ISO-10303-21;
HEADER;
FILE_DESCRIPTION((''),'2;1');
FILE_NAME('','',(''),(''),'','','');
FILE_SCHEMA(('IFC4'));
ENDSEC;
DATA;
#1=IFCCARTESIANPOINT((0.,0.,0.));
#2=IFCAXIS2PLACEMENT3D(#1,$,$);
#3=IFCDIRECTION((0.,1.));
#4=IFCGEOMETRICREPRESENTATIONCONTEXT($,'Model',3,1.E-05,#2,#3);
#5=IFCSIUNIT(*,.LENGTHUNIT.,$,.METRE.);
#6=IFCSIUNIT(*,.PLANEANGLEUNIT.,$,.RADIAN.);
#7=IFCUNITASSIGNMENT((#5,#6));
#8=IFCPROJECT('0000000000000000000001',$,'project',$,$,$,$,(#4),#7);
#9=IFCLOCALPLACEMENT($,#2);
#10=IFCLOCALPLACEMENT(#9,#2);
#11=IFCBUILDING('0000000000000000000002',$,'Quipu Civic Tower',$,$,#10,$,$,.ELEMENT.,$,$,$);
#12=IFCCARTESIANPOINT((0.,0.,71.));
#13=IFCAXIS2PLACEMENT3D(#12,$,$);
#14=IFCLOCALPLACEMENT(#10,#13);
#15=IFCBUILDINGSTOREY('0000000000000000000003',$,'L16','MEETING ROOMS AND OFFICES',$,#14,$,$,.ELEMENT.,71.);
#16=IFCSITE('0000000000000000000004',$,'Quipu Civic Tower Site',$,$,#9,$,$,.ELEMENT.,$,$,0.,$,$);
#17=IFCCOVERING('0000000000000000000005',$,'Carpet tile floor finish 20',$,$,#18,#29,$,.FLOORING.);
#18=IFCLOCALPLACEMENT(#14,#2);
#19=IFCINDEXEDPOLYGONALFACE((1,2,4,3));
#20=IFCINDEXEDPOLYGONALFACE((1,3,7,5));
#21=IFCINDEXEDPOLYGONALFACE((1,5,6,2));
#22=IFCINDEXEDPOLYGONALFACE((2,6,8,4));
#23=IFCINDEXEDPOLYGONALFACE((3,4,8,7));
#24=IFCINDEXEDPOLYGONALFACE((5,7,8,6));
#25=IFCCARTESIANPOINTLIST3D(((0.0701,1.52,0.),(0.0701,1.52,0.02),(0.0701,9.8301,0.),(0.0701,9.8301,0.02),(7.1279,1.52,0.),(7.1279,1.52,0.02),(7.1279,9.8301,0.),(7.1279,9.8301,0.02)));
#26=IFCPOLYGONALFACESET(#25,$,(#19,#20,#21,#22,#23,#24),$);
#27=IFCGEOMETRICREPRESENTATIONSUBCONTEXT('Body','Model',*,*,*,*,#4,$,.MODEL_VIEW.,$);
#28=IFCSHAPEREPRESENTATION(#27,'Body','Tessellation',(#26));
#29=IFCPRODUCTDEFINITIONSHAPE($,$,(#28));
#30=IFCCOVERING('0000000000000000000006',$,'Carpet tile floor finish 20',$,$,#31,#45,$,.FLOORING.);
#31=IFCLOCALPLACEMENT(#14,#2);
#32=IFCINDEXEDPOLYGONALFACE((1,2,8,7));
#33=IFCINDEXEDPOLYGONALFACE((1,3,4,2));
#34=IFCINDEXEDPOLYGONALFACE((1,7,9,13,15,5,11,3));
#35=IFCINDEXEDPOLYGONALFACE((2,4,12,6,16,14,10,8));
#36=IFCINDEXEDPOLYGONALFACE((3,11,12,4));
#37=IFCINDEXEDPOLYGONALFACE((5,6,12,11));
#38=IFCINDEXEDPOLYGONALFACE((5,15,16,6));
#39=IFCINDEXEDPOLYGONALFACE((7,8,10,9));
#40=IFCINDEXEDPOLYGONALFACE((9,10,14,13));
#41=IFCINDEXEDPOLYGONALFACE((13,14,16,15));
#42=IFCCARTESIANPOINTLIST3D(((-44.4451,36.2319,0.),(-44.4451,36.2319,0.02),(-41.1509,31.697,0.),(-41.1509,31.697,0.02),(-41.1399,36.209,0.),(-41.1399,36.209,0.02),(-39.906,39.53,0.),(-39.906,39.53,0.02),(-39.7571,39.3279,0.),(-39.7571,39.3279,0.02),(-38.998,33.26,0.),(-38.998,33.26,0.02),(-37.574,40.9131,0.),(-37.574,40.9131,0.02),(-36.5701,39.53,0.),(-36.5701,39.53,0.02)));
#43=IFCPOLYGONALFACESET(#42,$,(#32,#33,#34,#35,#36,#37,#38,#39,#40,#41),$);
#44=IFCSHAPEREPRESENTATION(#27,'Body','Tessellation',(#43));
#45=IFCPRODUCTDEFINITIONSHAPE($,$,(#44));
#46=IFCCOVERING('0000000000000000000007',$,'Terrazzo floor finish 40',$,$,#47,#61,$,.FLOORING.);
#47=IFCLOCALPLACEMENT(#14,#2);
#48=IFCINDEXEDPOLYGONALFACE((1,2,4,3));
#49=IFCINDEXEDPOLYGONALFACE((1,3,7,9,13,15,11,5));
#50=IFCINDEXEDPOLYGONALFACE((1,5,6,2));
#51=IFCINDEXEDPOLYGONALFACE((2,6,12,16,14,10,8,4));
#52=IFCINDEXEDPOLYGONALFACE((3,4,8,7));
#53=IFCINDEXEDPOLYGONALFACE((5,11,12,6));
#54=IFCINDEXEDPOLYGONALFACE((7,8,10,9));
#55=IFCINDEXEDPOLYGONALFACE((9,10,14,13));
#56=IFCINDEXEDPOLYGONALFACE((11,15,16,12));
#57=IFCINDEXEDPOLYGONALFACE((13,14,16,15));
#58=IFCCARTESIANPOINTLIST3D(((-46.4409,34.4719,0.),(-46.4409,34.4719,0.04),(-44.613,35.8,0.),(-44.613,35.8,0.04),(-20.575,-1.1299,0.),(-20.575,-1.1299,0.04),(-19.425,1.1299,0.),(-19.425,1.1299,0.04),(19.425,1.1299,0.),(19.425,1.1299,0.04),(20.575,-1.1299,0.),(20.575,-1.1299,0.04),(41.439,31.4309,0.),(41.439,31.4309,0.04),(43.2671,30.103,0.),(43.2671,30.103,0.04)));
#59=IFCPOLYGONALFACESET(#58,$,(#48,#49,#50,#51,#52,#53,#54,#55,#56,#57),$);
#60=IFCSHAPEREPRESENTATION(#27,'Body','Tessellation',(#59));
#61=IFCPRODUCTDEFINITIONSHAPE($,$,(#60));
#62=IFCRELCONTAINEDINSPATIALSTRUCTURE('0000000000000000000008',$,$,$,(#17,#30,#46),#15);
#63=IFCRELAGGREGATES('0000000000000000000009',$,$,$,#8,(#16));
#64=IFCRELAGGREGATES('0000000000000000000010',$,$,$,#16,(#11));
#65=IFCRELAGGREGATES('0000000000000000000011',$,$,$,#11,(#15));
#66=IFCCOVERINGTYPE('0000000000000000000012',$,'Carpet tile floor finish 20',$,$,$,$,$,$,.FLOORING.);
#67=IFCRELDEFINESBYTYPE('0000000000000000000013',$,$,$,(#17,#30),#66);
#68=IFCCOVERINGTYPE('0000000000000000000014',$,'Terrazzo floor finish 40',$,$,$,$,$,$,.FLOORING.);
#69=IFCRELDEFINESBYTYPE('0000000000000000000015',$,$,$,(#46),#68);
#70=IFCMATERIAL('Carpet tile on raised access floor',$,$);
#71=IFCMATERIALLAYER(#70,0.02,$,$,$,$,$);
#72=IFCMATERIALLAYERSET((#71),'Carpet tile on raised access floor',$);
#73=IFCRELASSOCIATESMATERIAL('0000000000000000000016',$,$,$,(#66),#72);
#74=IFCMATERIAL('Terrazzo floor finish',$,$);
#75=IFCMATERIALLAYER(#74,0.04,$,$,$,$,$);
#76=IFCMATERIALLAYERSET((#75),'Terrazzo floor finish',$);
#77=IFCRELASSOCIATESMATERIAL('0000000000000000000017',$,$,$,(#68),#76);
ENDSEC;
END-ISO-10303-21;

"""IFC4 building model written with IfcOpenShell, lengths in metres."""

from ifc_helpers import new_model, si_unit, direction, frame, origin, place, context, subcontext, project, spatial, polyline, outline, extrude, material, layer, layer_set, type_object, element, save


model = new_model("IFC4")

# Units and contexts
model_context = context("Model", 3, precision=1e-05, world=origin(), true_north=direction((0.0, 1.0)))
body_context = subcontext(model_context, "Body", "Model", "MODEL_VIEW")
ifc_project = project(units=[si_unit("LENGTHUNIT", "METRE"), si_unit("PLANEANGLEUNIT", "RADIAN")], contexts=[model_context])

# Site, building, storey
site_placement = place(None, origin())
site = spatial("IfcSite", under=ifc_project, at=site_placement, Name="Quipu Civic Tower Site", CompositionType="ELEMENT", RefElevation=0.0)
building_placement = place(site_placement, origin())
building = spatial("IfcBuilding", under=site, at=building_placement, Name="Quipu Civic Tower", CompositionType="ELEMENT")
storey_placement = place(building_placement, frame((0.0, 0.0, 71.0)))
storey = spatial("IfcBuildingStorey", under=building, at=storey_placement, Name="L16", Description="MEETING ROOMS AND OFFICES", CompositionType="ELEMENT", Elevation=71.0)

# Coverings
ifc_material_1 = material(Name="Carpet tile on raised access floor")
ifc_layer_1 = layer(ifc_material_1, 0.02)
ifc_layer_set_1 = layer_set([ifc_layer_1], Name="Carpet tile on raised access floor")
covering_type_1 = type_object("IfcCoveringType", Name="Carpet tile floor finish 20", PredefinedType="FLOORING", material=ifc_layer_set_1)
covering_1_placement = place(storey_placement, origin())
element("IfcCovering", 1, at=covering_1_placement, inside=storey, type_object=covering_type_1, Name="Carpet tile floor finish 20", PredefinedType="FLOORING", context=body_context, shape_type="SweptSolid", body=[
    extrude(outline(polyline([(0.0701, 9.8301), (7.1279, 9.8301), (7.1279, 1.52), (0.0701, 1.52), (0.0701, 9.8301)])), origin(), (0.0, 0.0, 1.0), 0.02),
])
covering_2_placement = place(storey_placement, origin())
element("IfcCovering", 2, at=covering_2_placement, inside=storey, type_object=covering_type_1, Name="Carpet tile floor finish 20", PredefinedType="FLOORING", context=body_context, shape_type="SweptSolid", body=[
    extrude(outline(polyline([(-44.4451, 36.2319), (-39.906, 39.53), (-39.7571, 39.3279), (-37.574, 40.9131), (-36.5701, 39.53), (-41.1399, 36.209), (-38.998, 33.26), (-41.1509, 31.697), (-44.4451, 36.2319)])), origin(), (0.0, 0.0, 1.0), 0.02),
])
ifc_material_2 = material(Name="Terrazzo floor finish")
ifc_layer_2 = layer(ifc_material_2, 0.04)
ifc_layer_set_2 = layer_set([ifc_layer_2], Name="Terrazzo floor finish")
covering_type_2 = type_object("IfcCoveringType", Name="Terrazzo floor finish 40", PredefinedType="FLOORING", material=ifc_layer_set_2)
covering_3_placement = place(storey_placement, origin())
element("IfcCovering", 3, at=covering_3_placement, inside=storey, type_object=covering_type_2, Name="Terrazzo floor finish 40", PredefinedType="FLOORING", context=body_context, shape_type="SweptSolid", body=[
    extrude(outline(polyline([(20.575, -1.1299), (-20.575, -1.1299), (-46.4409, 34.4719), (-44.613, 35.8), (-19.425, 1.1299), (19.425, 1.1299), (41.439, 31.4309), (43.2671, 30.103), (20.575, -1.1299)])), origin(), (0.0, 0.0, 1.0), 0.04),
])

save(model, "model.ifc")
